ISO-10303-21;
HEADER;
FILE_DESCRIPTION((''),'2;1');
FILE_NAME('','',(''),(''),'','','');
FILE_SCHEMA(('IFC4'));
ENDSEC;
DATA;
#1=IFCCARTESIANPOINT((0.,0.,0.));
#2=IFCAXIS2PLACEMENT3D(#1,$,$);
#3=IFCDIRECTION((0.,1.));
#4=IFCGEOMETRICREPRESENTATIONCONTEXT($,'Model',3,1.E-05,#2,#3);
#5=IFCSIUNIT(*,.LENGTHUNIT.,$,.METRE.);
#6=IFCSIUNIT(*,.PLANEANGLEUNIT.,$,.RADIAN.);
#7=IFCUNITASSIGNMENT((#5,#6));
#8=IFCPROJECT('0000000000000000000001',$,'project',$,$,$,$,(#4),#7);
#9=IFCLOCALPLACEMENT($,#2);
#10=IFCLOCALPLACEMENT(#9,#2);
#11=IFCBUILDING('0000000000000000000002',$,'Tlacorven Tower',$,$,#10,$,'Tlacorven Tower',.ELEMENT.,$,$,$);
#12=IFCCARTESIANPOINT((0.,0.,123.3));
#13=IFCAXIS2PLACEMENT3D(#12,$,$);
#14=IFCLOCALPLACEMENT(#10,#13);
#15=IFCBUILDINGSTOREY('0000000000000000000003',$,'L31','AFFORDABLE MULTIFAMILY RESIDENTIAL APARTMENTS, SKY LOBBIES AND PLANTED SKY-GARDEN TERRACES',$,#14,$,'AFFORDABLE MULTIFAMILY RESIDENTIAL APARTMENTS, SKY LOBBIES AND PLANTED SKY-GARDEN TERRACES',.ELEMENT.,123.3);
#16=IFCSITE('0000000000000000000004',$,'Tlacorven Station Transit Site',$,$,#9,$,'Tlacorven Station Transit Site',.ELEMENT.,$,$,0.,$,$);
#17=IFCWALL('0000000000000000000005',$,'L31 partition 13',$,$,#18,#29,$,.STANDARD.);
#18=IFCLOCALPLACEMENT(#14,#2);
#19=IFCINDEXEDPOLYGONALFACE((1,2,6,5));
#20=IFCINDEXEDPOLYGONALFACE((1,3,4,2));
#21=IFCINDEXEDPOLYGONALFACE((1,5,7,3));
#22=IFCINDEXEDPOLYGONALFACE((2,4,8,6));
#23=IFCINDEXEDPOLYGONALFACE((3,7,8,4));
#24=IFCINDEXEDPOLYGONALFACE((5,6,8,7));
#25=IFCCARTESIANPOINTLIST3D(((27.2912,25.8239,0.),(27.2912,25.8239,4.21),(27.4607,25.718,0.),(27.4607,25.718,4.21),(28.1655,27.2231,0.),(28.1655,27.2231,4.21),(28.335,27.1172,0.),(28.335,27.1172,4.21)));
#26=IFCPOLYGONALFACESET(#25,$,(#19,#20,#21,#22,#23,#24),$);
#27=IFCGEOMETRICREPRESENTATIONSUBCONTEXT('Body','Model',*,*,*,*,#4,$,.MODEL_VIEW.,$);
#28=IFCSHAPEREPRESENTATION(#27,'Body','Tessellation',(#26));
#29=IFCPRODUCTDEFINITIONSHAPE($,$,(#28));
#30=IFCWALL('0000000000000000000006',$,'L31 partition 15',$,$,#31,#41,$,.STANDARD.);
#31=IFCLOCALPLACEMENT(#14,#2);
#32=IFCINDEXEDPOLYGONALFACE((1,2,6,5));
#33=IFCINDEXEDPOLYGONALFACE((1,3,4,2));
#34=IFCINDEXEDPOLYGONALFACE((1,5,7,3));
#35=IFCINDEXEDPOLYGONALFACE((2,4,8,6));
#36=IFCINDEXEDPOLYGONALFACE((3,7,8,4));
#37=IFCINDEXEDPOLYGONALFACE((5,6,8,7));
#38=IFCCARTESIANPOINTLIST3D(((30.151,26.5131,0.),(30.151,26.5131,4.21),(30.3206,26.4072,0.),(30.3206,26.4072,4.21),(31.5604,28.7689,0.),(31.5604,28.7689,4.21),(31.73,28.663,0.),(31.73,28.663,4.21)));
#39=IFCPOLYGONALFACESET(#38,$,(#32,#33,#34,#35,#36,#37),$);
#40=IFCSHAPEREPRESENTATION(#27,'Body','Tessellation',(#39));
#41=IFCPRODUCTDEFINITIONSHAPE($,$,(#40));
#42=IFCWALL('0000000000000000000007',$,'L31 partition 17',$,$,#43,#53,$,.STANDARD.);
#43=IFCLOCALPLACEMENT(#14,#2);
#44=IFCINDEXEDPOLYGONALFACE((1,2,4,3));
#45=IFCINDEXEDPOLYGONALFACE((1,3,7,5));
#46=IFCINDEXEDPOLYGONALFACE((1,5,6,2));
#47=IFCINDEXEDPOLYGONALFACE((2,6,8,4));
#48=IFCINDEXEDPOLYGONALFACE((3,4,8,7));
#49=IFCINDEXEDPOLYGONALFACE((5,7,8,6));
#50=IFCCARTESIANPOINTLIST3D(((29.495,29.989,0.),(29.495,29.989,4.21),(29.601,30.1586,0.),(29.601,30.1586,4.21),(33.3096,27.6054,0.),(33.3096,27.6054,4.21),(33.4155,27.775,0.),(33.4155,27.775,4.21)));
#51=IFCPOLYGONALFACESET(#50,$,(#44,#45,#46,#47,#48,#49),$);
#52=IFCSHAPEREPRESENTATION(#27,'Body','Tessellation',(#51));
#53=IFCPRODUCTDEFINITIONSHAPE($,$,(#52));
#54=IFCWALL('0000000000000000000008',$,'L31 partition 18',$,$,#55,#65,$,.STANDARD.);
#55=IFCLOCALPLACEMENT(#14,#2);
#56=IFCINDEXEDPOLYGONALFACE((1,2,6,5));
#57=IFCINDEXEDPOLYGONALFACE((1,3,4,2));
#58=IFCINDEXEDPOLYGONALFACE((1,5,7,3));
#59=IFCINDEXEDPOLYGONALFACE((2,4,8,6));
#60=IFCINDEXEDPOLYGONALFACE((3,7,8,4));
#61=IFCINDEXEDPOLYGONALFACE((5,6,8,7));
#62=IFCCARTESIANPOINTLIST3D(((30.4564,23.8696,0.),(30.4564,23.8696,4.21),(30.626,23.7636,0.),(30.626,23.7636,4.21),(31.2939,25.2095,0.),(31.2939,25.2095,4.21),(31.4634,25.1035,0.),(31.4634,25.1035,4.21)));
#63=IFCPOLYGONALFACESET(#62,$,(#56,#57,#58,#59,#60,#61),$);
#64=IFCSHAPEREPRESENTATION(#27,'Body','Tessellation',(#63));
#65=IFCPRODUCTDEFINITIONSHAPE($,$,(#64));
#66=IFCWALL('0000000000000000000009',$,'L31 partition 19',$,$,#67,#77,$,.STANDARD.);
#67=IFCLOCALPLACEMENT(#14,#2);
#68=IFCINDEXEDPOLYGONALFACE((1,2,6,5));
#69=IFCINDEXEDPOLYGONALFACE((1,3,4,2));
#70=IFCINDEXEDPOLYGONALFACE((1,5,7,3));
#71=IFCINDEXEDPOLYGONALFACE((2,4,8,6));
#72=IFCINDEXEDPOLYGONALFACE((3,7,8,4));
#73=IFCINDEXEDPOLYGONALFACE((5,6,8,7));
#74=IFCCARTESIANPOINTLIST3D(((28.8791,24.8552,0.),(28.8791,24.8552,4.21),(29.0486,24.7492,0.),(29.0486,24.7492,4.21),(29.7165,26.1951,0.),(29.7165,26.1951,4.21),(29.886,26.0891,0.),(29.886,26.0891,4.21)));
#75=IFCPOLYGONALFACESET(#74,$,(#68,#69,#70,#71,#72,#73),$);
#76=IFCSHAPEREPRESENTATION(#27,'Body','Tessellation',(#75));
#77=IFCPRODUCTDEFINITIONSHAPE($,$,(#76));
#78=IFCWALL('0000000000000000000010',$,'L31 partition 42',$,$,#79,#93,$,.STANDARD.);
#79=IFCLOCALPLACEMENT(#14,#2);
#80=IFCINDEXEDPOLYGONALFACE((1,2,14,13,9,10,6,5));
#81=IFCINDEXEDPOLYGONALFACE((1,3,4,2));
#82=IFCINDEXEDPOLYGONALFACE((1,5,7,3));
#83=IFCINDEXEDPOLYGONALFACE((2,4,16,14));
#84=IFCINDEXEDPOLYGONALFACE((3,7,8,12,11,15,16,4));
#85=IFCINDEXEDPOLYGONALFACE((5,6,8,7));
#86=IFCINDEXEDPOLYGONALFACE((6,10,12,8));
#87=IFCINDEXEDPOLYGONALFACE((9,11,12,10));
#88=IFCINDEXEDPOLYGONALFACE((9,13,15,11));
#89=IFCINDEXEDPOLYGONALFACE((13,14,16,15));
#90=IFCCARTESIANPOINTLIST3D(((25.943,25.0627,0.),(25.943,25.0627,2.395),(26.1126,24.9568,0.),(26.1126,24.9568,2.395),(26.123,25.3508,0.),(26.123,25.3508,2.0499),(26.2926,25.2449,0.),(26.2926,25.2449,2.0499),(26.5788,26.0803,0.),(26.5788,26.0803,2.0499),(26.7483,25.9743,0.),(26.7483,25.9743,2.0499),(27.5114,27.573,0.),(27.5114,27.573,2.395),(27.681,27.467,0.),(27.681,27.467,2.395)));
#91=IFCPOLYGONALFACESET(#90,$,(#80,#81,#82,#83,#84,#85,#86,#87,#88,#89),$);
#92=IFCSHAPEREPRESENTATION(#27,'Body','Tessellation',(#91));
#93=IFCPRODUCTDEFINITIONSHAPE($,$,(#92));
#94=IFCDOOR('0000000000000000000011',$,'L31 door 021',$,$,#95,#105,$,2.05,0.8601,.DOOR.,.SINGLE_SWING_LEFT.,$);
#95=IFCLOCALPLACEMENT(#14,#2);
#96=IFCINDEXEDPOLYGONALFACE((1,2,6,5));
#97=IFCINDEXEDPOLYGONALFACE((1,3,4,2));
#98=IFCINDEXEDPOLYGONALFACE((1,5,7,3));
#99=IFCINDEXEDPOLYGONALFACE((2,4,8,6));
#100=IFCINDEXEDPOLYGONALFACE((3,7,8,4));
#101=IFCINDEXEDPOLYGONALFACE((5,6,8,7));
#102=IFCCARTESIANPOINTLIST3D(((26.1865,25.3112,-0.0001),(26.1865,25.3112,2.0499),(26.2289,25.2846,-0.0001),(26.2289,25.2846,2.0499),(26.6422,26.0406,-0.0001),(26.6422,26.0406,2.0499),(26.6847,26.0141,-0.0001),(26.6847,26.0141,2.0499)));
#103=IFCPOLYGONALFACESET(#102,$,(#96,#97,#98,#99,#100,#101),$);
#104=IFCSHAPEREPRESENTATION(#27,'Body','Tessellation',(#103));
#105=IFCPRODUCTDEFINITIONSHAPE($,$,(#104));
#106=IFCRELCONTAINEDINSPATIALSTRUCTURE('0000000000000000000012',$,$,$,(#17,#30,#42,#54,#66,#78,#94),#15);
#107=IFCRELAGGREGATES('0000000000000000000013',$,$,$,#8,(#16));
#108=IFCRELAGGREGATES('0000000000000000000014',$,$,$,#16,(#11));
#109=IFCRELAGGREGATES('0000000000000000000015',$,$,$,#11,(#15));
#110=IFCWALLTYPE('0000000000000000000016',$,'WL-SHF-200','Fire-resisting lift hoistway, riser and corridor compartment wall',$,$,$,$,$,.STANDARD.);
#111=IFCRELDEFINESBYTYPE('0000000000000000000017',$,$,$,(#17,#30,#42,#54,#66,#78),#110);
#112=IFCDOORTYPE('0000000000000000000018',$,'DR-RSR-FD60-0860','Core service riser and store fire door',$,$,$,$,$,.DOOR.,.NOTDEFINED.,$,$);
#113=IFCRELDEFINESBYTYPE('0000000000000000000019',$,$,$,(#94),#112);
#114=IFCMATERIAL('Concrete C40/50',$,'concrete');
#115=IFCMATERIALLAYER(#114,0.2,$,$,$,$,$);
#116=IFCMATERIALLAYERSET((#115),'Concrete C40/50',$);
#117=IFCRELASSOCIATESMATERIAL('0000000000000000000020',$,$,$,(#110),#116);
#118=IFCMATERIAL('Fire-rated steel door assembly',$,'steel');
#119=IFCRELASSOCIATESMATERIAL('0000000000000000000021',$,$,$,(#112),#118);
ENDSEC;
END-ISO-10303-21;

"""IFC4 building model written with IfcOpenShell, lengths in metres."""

from ifc_helpers import new_model, si_unit, direction, frame, frame_2d, origin, place, context, subcontext, project, spatial, rectangle, extrude, source, transform, mapped, material, layer, layer_set, type_object, element, fill, save


model = new_model("IFC4")

# Units and contexts
model_context = context("Model", 3, precision=1e-05, world=origin(), true_north=direction((0.0, 1.0)))
body_context = subcontext(model_context, "Body", "Model", "MODEL_VIEW")
ifc_project = project(units=[si_unit("LENGTHUNIT", "METRE"), si_unit("PLANEANGLEUNIT", "RADIAN")], contexts=[model_context])

# Site, building, storey
site_placement = place(None, origin())
site = spatial("IfcSite", under=ifc_project, at=site_placement, Name="Tlacorven Station Transit Site", LongName="Tlacorven Station Transit Site", CompositionType="ELEMENT", RefElevation=0.0)
building_placement = place(site_placement, origin())
building = spatial("IfcBuilding", under=site, at=building_placement, Name="Tlacorven Tower", LongName="Tlacorven Tower", CompositionType="ELEMENT")
storey_placement = place(building_placement, frame((0.0, 0.0, 123.3)))
storey = spatial("IfcBuildingStorey", under=building, at=storey_placement, Name="L31", Description="AFFORDABLE MULTIFAMILY RESIDENTIAL APARTMENTS, SKY LOBBIES AND PLANTED SKY-GARDEN TERRACES", LongName="AFFORDABLE MULTIFAMILY RESIDENTIAL APARTMENTS, SKY LOBBIES AND PLANTED SKY-GARDEN TERRACES", CompositionType="ELEMENT", Elevation=123.3)

# Shared definitions
ifc_material_1 = material(Name="Fire-rated steel door assembly", Category="steel")

# Walls
ifc_material_2 = material(Name="Concrete C40/50", Category="concrete")
ifc_layer_1 = layer(ifc_material_2, 0.2)
ifc_layer_set_1 = layer_set([ifc_layer_1], Name="Concrete C40/50")
wall_type_1 = type_object("IfcWallType", Name="WL-SHF-200", Description="Fire-resisting lift hoistway, riser and corridor compartment wall", PredefinedType="STANDARD", material=ifc_layer_set_1)
wall_1_placement = place(storey_placement, frame((28.2502, 27.1702, 0.0), z_axis=(0.0, 0.0, 1.0), x_axis=(-0.529906, -0.848056, 0.0)))
element("IfcWall", 1, at=wall_1_placement, inside=storey, type_object=wall_type_1, Name="L31 partition 13", PredefinedType="STANDARD", context=body_context, shape_type="SweptSolid", body=[
    extrude(rectangle(XDim=1.6499, YDim=0.2, at=frame_2d((0.825, 0.0))), origin(), (0.0, 0.0, 1.0), 4.21),
])
wall_2_placement = place(storey_placement, frame((31.6453, 28.7161, 0.0), z_axis=(0.0, 0.0, 1.0), x_axis=(-0.529867, -0.848081, 0.0)))
element("IfcWall", 2, at=wall_2_placement, inside=storey, type_object=wall_type_1, Name="L31 partition 15", PredefinedType="STANDARD", context=body_context, shape_type="SweptSolid", body=[
    extrude(rectangle(XDim=2.6599, YDim=0.2, at=frame_2d((1.3301, 0.0))), origin(), (0.0, 0.0, 1.0), 4.21),
])
wall_3_placement = place(storey_placement, frame((33.3625, 27.6902, 0.0), z_axis=(0.0, 0.0, 1.0), x_axis=(-0.848047, 0.529921, 0.0)))
element("IfcWall", 3, at=wall_3_placement, inside=storey, type_object=wall_type_1, Name="L31 partition 17", PredefinedType="STANDARD", context=body_context, shape_type="SweptSolid", body=[
    extrude(rectangle(XDim=4.498, YDim=0.2, at=frame_2d((2.249, 0.0))), origin(), (0.0, 0.0, 1.0), 4.21),
])
for number, where, z_axis, x_axis, name in (
    (4, (31.3787, 25.1565, 0.0), (0.0, 0.0, 1.0), (-0.529999, -0.847998, 0.0), "L31 partition 18"),
    (5, (29.8013, 26.1421, 0.0), (0.0, 0.0, 1.0), (-0.529999, -0.847998, 0.0), "L31 partition 19"),
):
    element("IfcWall", number, at=place(storey_placement, frame(where, z_axis=z_axis, x_axis=x_axis)), inside=storey, type_object=wall_type_1, Name=name, PredefinedType="STANDARD", context=body_context, shape_type="SweptSolid", body=[
        extrude(rectangle(XDim=1.5801, YDim=0.2, at=frame_2d((0.79, 0.0))), origin(), (0.0, 0.0, 1.0), 4.21),
    ])

# Wall, opening, door
wall_4_placement = place(storey_placement, frame((27.5962, 27.52, 0.0), z_axis=(0.0, 0.0, 1.0), x_axis=(-0.529865, -0.848082, 0.0)))
wall_4 = element("IfcWall", 6, at=wall_4_placement, inside=storey, type_object=wall_type_1, Name="L31 partition 42", PredefinedType="STANDARD", context=body_context, shape_type="SweptSolid", body=[
    extrude(rectangle(XDim=2.96, YDim=0.2, at=frame_2d((1.48, 0.0))), origin(), (0.0, 0.0, 1.0), 2.395),
])
opening_1_placement = place(wall_4_placement, frame((1.76, 0.0, 0.0)))
opening_1 = element("IfcOpeningElement", 7, at=opening_1_placement, cuts=wall_4, PredefinedType="OPENING", context=body_context, shape_type="SweptSolid", body=[
    extrude(rectangle(XDim=0.8601, YDim=2.05, at=frame_2d((0.4302, 1.0249))), frame((0.0, 0.1099, 0.0), z_axis=(0.0, -1.0, 0.0), x_axis=(1.0, 0.0, 0.0)), (0.0, 0.0, 1.0), 0.22),
])
door_type_1 = type_object("IfcDoorType", Name="DR-RSR-FD60-0860", Description="Core service riser and store fire door", OperationType="NOTDEFINED", PredefinedType="DOOR", material=ifc_material_1)
shared_shape_1 = source(origin(), body_context, "Body", "SweptSolid", [
    extrude(rectangle(XDim=0.8601, YDim=2.05, at=frame_2d((0.4302, 1.0249))), frame((0.0, 0.0249, 0.0), z_axis=(0.0, -1.0, 0.0), x_axis=(1.0, 0.0, 0.0)), (0.0, 0.0, 1.0), 0.05),
])
door_1_placement = place(opening_1_placement, origin())
door_1 = element("IfcDoor", 8, at=door_1_placement, inside=storey, type_object=door_type_1, Name="L31 door 021", OperationType="SINGLE_SWING_LEFT", OverallHeight=2.05, OverallWidth=0.8601, PredefinedType="DOOR", context=body_context, shape_type="MappedRepresentation", body=[
    mapped(shared_shape_1, transform((0.0, 0.0, 0.0), scale=1.0)),
])
fill(opening_1, door_1)

save(model, "model.ifc")
